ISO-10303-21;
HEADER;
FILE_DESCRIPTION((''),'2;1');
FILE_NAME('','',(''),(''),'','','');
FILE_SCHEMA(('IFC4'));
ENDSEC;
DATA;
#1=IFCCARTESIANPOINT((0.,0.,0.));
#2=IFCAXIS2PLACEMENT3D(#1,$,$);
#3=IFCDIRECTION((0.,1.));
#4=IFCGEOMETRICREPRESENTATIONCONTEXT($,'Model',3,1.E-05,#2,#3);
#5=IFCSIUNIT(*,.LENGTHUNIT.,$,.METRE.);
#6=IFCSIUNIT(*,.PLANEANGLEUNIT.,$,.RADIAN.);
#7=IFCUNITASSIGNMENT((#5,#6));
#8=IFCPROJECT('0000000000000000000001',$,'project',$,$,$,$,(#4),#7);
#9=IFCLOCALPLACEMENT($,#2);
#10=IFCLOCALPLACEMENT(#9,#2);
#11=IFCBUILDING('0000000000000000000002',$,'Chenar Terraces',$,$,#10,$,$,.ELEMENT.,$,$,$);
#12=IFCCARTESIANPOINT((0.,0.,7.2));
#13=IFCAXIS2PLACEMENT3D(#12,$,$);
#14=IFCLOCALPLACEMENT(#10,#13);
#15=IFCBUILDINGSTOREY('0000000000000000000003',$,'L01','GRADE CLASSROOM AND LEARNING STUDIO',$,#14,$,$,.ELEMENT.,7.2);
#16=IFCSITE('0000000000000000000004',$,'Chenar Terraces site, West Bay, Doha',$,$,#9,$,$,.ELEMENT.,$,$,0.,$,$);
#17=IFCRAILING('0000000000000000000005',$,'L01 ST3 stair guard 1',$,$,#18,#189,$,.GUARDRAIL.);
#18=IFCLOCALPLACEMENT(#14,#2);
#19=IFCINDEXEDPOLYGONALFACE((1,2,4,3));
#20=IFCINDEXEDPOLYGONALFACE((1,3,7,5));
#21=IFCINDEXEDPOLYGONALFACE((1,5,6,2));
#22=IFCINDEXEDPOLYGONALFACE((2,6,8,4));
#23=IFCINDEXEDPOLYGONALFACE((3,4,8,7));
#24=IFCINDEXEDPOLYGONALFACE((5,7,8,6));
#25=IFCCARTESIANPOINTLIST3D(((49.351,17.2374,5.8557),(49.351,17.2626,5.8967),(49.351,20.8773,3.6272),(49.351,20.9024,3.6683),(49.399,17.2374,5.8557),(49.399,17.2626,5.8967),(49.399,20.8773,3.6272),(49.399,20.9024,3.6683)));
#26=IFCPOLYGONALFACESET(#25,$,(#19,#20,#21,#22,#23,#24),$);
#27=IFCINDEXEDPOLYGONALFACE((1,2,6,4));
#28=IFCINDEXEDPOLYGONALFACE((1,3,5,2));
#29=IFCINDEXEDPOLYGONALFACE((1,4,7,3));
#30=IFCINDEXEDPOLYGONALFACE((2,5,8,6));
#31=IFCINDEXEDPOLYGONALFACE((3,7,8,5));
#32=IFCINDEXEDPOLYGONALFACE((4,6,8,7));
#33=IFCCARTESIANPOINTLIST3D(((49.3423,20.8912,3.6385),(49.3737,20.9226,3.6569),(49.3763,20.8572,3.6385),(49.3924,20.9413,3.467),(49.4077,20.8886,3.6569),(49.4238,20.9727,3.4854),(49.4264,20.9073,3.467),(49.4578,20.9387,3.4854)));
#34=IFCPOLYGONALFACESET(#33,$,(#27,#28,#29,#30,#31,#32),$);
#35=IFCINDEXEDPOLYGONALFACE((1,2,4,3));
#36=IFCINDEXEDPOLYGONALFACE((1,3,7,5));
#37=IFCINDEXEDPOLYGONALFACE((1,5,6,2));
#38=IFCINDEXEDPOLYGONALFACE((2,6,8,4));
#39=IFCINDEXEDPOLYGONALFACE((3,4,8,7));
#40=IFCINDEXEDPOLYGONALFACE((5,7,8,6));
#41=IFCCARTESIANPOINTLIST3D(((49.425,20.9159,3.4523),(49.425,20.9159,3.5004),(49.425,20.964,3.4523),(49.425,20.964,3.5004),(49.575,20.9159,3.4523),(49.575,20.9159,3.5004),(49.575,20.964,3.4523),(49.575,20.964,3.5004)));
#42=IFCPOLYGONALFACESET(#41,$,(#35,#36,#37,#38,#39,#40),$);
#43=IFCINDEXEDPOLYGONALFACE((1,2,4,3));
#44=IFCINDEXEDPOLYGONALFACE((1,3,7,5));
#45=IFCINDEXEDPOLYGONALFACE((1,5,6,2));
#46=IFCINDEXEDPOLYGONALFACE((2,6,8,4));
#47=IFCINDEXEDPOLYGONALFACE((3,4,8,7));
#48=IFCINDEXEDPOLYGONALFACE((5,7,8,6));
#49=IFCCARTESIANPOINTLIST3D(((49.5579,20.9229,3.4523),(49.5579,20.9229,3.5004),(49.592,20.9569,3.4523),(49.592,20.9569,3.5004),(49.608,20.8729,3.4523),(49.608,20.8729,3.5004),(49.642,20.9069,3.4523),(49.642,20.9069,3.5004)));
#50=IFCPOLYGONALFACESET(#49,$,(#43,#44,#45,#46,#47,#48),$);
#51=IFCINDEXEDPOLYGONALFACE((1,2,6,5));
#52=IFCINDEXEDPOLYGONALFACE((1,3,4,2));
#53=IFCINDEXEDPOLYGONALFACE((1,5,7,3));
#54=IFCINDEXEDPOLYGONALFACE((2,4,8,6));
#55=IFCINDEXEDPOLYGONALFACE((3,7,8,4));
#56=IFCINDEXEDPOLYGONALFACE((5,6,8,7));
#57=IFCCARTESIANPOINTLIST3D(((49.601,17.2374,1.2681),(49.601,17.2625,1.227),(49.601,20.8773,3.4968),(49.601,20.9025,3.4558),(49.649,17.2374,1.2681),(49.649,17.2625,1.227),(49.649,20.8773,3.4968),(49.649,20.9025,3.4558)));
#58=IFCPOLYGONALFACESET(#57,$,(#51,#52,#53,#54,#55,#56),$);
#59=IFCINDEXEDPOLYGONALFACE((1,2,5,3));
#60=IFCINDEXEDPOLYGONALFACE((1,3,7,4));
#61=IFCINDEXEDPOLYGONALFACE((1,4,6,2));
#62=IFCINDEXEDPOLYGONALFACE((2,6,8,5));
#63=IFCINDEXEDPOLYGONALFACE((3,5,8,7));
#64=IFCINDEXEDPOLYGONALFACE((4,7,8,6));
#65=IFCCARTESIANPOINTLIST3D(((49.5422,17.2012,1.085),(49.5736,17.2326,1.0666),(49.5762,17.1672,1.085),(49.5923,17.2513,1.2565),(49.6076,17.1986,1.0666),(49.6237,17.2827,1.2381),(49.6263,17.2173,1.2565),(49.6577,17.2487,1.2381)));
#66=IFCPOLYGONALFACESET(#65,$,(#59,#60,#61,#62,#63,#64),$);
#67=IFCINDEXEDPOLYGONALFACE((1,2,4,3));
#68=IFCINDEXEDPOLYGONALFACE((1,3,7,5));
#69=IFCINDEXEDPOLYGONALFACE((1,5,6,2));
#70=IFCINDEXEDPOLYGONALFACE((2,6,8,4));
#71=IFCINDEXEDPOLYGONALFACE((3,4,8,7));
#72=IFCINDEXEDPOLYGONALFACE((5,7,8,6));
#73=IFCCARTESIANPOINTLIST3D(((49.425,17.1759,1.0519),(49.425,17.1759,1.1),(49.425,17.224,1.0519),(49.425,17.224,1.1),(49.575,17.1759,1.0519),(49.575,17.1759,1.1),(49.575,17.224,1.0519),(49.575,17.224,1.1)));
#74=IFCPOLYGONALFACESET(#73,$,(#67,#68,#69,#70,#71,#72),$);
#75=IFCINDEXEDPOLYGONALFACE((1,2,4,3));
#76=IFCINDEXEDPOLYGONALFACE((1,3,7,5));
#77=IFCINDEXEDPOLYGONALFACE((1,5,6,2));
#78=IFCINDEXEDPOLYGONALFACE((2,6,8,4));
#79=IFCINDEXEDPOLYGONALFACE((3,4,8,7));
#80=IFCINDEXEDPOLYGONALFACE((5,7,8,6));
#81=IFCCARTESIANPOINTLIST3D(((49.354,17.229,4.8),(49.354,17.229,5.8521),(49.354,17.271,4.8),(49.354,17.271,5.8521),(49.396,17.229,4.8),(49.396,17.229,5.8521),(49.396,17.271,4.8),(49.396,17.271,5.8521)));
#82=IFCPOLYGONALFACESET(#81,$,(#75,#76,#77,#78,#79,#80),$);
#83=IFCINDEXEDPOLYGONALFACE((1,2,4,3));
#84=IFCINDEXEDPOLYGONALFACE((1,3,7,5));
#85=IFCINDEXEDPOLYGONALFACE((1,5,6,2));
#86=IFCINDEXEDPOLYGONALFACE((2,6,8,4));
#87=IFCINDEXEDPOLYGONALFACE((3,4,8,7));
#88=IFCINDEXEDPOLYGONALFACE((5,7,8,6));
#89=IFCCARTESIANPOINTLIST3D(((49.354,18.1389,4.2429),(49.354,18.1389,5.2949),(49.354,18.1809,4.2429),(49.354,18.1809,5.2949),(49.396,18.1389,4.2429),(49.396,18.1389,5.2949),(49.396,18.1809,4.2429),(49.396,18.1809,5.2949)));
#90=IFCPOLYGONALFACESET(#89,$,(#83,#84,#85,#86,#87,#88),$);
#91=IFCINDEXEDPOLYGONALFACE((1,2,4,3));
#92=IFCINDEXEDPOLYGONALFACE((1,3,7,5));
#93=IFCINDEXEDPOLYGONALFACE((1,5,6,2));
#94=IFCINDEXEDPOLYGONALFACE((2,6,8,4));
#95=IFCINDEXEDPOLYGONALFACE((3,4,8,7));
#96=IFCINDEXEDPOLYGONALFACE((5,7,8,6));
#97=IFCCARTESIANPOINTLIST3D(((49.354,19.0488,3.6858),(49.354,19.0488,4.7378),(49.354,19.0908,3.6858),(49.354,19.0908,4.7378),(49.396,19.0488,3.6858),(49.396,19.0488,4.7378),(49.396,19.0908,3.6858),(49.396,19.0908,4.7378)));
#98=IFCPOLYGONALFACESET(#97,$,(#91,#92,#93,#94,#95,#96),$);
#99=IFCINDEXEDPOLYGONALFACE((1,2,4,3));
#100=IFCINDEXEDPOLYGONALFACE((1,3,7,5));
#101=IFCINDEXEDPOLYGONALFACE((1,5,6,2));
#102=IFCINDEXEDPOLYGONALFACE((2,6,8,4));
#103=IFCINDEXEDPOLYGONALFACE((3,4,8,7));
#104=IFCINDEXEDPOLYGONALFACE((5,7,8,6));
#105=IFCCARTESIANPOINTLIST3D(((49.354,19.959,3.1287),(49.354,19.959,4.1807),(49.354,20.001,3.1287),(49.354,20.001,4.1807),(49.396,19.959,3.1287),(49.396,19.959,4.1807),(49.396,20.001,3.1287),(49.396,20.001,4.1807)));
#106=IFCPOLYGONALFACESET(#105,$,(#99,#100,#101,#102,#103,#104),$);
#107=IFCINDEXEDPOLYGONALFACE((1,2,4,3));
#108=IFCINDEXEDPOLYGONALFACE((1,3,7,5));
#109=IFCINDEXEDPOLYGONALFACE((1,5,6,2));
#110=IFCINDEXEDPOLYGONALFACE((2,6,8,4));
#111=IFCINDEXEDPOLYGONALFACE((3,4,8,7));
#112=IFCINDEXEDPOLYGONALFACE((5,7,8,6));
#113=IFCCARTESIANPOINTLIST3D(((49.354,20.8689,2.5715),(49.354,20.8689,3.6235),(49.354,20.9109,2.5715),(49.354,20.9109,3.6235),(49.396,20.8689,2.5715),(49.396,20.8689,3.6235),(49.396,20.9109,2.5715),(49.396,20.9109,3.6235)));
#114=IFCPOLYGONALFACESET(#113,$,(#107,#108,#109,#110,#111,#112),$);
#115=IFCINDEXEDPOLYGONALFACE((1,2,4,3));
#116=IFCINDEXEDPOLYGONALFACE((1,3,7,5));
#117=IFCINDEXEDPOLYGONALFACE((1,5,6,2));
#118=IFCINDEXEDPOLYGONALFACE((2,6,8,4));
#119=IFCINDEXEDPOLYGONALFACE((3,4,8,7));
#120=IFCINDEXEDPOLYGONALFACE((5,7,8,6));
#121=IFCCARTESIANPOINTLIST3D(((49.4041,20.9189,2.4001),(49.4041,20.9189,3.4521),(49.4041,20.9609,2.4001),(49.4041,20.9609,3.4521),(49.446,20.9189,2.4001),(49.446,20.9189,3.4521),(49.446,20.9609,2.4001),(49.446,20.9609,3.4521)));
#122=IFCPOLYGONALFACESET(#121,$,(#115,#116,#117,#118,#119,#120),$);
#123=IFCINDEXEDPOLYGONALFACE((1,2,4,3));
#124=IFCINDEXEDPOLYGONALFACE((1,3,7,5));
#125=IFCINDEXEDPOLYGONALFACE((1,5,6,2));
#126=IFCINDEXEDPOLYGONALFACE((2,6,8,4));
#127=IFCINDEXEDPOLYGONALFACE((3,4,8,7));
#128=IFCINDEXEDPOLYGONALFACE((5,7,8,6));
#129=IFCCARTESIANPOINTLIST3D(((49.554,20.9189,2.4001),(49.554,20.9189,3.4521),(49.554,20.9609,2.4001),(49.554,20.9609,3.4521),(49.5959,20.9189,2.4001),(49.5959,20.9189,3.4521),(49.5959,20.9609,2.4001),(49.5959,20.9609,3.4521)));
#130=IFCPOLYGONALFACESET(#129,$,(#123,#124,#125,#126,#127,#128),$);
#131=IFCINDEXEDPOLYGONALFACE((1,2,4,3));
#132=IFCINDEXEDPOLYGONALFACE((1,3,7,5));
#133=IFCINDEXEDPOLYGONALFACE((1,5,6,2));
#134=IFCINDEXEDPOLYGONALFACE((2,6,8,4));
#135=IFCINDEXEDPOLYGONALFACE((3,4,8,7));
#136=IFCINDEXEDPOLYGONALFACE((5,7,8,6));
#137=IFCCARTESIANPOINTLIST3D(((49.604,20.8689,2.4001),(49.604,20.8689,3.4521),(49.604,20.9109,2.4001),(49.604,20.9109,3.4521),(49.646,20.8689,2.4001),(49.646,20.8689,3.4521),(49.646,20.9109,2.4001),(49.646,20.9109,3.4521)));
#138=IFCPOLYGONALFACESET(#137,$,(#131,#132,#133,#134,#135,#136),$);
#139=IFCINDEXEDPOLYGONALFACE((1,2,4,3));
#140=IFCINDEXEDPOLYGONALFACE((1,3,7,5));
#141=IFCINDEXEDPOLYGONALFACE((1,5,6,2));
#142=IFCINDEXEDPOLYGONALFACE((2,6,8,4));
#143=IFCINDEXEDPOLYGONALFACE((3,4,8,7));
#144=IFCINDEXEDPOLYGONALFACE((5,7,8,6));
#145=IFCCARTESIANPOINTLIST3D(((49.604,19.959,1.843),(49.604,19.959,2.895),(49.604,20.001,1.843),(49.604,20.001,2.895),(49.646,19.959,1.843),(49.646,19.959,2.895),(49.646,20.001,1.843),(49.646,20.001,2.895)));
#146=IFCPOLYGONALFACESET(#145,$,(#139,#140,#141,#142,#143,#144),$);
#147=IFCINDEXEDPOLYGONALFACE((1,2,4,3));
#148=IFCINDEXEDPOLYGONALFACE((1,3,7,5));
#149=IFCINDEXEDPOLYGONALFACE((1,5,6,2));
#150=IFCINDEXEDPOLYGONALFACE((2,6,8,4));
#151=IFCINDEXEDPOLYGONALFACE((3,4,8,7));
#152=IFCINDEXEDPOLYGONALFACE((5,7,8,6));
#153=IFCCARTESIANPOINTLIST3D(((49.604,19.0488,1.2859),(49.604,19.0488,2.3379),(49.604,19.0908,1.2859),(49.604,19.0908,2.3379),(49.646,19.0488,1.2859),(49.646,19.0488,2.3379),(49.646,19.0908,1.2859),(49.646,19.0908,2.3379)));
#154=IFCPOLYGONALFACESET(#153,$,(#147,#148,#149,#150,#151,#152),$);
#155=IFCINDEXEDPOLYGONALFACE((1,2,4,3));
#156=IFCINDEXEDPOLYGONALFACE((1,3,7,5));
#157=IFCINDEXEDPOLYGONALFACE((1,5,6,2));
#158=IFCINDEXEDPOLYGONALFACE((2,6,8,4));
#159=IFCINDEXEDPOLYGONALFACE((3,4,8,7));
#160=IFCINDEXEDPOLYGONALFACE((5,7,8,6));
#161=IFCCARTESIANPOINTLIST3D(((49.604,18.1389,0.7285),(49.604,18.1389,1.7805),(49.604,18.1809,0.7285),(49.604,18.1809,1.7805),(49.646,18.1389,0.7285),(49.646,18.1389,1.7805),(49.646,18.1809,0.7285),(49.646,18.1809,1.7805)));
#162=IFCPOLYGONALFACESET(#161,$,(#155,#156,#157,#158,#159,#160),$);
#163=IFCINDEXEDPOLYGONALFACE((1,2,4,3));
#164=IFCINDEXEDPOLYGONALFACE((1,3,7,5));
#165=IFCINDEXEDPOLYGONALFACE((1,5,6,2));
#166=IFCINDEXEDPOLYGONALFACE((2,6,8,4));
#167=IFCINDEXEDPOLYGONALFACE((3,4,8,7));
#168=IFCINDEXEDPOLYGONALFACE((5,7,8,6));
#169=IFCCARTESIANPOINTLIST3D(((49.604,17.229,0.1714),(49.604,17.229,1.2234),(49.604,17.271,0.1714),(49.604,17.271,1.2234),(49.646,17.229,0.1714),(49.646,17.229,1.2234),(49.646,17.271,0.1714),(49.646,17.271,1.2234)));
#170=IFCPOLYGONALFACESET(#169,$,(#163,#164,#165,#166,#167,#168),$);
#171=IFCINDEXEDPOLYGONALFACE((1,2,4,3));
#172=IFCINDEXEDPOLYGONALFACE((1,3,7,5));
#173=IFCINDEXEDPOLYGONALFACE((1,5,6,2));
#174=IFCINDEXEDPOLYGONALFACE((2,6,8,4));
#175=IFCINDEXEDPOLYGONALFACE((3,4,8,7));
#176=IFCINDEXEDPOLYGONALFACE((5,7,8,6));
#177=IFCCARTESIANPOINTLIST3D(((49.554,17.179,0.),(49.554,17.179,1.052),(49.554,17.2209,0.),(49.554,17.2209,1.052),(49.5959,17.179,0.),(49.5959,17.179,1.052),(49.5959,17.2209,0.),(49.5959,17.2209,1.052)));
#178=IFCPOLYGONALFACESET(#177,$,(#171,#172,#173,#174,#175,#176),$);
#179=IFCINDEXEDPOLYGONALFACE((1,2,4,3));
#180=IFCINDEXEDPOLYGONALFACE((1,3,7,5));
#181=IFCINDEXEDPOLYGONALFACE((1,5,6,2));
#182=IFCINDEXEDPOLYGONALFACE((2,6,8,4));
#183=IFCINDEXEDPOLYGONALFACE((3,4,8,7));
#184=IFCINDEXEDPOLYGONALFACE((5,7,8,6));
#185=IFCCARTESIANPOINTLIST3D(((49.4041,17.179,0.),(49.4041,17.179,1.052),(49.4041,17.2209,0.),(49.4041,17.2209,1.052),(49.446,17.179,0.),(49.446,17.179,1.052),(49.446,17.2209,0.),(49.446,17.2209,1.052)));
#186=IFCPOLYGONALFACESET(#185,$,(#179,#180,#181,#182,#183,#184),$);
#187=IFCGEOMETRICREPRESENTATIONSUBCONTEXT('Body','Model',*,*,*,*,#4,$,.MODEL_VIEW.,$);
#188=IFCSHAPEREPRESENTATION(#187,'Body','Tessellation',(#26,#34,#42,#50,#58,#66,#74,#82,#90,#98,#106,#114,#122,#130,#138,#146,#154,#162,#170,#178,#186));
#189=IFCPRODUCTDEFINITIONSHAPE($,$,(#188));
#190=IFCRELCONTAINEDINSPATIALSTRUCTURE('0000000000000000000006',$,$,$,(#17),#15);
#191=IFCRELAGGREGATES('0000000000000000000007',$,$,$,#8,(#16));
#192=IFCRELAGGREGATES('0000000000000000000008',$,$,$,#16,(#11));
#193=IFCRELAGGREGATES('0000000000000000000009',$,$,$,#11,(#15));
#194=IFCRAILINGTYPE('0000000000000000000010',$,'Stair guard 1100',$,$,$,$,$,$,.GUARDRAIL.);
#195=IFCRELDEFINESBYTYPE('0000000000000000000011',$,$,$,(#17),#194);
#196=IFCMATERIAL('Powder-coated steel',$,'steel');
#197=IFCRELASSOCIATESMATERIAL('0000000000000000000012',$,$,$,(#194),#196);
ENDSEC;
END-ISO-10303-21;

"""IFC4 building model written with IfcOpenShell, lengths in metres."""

from ifc_helpers import new_model, si_unit, direction, frame, origin, origin_2d, place, context, subcontext, project, spatial, rectangle, extrude, material, type_object, element, save


model = new_model("IFC4")

# Units and contexts
model_context = context("Model", 3, precision=1e-05, world=origin(), true_north=direction((0.0, 1.0)))
body_context = subcontext(model_context, "Body", "Model", "MODEL_VIEW")
ifc_project = project(units=[si_unit("LENGTHUNIT", "METRE"), si_unit("PLANEANGLEUNIT", "RADIAN")], contexts=[model_context])

# Site, building, storey
site_placement = place(None, origin())
site = spatial("IfcSite", under=ifc_project, at=site_placement, Name="Chenar Terraces site, West Bay, Doha", CompositionType="ELEMENT", RefElevation=0.0)
building_placement = place(site_placement, origin())
building = spatial("IfcBuilding", under=site, at=building_placement, Name="Chenar Terraces", CompositionType="ELEMENT")
storey_placement = place(building_placement, frame((0.0, 0.0, 7.2)))
storey = spatial("IfcBuildingStorey", under=building, at=storey_placement, Name="L01", Description="GRADE CLASSROOM AND LEARNING STUDIO", CompositionType="ELEMENT", Elevation=7.2)

# Railing
ifc_material_1 = material(Name="Powder-coated steel", Category="steel")
railing_type_1 = type_object("IfcRailingType", Name="Stair guard 1100", PredefinedType="GUARDRAIL", material=ifc_material_1)
railing_1_placement = place(storey_placement, frame((49.375, 17.25, 4.8)))
element("IfcRailing", 1, at=railing_1_placement, inside=storey, type_object=railing_type_1, Name="L01 ST3 stair guard 1", PredefinedType="GUARDRAIL", context=body_context, shape_type="SweptSolid", body=[
    extrude(rectangle(XDim=0.0481, YDim=0.0481, at=origin_2d()), frame((0.0, 0.0, 1.0762), z_axis=(0.0, 0.85285, -0.522156), x_axis=(-1.0, 0.0, 0.0)), (0.0, 0.0, 1.0), 4.2678),
    extrude(rectangle(XDim=0.0481, YDim=0.0481, at=origin_2d()), frame((0.0, 3.6399, -1.1523), z_axis=(0.269911, 0.269911, -0.924281), x_axis=(-0.707107, 0.707107, 0.0)), (0.0, 0.0, 1.0), 0.1855),
    extrude(rectangle(XDim=0.0481, YDim=0.0481, at=origin_2d()), frame((0.05, 3.6899, -1.3237), z_axis=(1.0, 0.0, 0.0), x_axis=(0.0, 1.0, 0.0)), (0.0, 0.0, 1.0), 0.1499),
    extrude(rectangle(XDim=0.0481, YDim=0.0481, at=origin_2d()), frame((0.2, 3.6899, -1.3237), z_axis=(0.707107, -0.707107, 0.0), x_axis=(0.707107, 0.707107, 0.0)), (0.0, 0.0, 1.0), 0.0708),
    extrude(rectangle(XDim=0.0481, YDim=0.0481, at=origin_2d()), frame((0.25, 3.6399, -1.3237), z_axis=(0.0, -0.852825, -0.522197), x_axis=(1.0, 0.0, 0.0)), (0.0, 0.0, 1.0), 4.2681),
    extrude(rectangle(XDim=0.0481, YDim=0.0481, at=origin_2d()), frame((0.25, 0.0, -3.5527), z_axis=(-0.269911, -0.269911, -0.924281), x_axis=(0.707107, -0.707107, 0.0)), (0.0, 0.0, 1.0), 0.1855),
    extrude(rectangle(XDim=0.0481, YDim=0.0481, at=origin_2d()), frame((0.2, -0.05, -3.7241), z_axis=(-1.0, 0.0, 0.0), x_axis=(0.0, -1.0, 0.0)), (0.0, 0.0, 1.0), 0.1499),
    extrude(rectangle(XDim=0.042, YDim=0.042, at=origin_2d()), origin(), (0.0, 0.0, 1.0), 1.052),
    extrude(rectangle(XDim=0.042, YDim=0.042, at=origin_2d()), frame((0.0, 0.9099, -0.5571)), (0.0, 0.0, 1.0), 1.052),
    extrude(rectangle(XDim=0.042, YDim=0.042, at=origin_2d()), frame((0.0, 1.8198, -1.1143)), (0.0, 0.0, 1.0), 1.052),
    extrude(rectangle(XDim=0.042, YDim=0.042, at=origin_2d()), frame((0.0, 2.73, -1.6714)), (0.0, 0.0, 1.0), 1.052),
    extrude(rectangle(XDim=0.042, YDim=0.042, at=origin_2d()), frame((0.0, 3.6399, -2.2285)), (0.0, 0.0, 1.0), 1.052),
    extrude(rectangle(XDim=0.042, YDim=0.042, at=origin_2d()), frame((0.05, 3.6899, -2.3999)), (0.0, 0.0, 1.0), 1.052),
    extrude(rectangle(XDim=0.042, YDim=0.042, at=origin_2d()), frame((0.2, 3.6899, -2.3999)), (0.0, 0.0, 1.0), 1.052),
    extrude(rectangle(XDim=0.042, YDim=0.042, at=origin_2d()), frame((0.25, 3.6399, -2.3999)), (0.0, 0.0, 1.0), 1.052),
    extrude(rectangle(XDim=0.042, YDim=0.042, at=origin_2d()), frame((0.25, 2.73, -2.957)), (0.0, 0.0, 1.0), 1.052),
    extrude(rectangle(XDim=0.042, YDim=0.042, at=origin_2d()), frame((0.25, 1.8198, -3.5142)), (0.0, 0.0, 1.0), 1.052),
    extrude(rectangle(XDim=0.042, YDim=0.042, at=origin_2d()), frame((0.25, 0.9099, -4.0715)), (0.0, 0.0, 1.0), 1.052),
    extrude(rectangle(XDim=0.042, YDim=0.042, at=origin_2d()), frame((0.25, 0.0, -4.6287)), (0.0, 0.0, 1.0), 1.052),
    extrude(rectangle(XDim=0.042, YDim=0.042, at=origin_2d()), frame((0.2, -0.05, -4.8)), (0.0, 0.0, 1.0), 1.052),
    extrude(rectangle(XDim=0.042, YDim=0.042, at=origin_2d()), frame((0.05, -0.05, -4.8)), (0.0, 0.0, 1.0), 1.052),
])

save(model, "model.ifc")
